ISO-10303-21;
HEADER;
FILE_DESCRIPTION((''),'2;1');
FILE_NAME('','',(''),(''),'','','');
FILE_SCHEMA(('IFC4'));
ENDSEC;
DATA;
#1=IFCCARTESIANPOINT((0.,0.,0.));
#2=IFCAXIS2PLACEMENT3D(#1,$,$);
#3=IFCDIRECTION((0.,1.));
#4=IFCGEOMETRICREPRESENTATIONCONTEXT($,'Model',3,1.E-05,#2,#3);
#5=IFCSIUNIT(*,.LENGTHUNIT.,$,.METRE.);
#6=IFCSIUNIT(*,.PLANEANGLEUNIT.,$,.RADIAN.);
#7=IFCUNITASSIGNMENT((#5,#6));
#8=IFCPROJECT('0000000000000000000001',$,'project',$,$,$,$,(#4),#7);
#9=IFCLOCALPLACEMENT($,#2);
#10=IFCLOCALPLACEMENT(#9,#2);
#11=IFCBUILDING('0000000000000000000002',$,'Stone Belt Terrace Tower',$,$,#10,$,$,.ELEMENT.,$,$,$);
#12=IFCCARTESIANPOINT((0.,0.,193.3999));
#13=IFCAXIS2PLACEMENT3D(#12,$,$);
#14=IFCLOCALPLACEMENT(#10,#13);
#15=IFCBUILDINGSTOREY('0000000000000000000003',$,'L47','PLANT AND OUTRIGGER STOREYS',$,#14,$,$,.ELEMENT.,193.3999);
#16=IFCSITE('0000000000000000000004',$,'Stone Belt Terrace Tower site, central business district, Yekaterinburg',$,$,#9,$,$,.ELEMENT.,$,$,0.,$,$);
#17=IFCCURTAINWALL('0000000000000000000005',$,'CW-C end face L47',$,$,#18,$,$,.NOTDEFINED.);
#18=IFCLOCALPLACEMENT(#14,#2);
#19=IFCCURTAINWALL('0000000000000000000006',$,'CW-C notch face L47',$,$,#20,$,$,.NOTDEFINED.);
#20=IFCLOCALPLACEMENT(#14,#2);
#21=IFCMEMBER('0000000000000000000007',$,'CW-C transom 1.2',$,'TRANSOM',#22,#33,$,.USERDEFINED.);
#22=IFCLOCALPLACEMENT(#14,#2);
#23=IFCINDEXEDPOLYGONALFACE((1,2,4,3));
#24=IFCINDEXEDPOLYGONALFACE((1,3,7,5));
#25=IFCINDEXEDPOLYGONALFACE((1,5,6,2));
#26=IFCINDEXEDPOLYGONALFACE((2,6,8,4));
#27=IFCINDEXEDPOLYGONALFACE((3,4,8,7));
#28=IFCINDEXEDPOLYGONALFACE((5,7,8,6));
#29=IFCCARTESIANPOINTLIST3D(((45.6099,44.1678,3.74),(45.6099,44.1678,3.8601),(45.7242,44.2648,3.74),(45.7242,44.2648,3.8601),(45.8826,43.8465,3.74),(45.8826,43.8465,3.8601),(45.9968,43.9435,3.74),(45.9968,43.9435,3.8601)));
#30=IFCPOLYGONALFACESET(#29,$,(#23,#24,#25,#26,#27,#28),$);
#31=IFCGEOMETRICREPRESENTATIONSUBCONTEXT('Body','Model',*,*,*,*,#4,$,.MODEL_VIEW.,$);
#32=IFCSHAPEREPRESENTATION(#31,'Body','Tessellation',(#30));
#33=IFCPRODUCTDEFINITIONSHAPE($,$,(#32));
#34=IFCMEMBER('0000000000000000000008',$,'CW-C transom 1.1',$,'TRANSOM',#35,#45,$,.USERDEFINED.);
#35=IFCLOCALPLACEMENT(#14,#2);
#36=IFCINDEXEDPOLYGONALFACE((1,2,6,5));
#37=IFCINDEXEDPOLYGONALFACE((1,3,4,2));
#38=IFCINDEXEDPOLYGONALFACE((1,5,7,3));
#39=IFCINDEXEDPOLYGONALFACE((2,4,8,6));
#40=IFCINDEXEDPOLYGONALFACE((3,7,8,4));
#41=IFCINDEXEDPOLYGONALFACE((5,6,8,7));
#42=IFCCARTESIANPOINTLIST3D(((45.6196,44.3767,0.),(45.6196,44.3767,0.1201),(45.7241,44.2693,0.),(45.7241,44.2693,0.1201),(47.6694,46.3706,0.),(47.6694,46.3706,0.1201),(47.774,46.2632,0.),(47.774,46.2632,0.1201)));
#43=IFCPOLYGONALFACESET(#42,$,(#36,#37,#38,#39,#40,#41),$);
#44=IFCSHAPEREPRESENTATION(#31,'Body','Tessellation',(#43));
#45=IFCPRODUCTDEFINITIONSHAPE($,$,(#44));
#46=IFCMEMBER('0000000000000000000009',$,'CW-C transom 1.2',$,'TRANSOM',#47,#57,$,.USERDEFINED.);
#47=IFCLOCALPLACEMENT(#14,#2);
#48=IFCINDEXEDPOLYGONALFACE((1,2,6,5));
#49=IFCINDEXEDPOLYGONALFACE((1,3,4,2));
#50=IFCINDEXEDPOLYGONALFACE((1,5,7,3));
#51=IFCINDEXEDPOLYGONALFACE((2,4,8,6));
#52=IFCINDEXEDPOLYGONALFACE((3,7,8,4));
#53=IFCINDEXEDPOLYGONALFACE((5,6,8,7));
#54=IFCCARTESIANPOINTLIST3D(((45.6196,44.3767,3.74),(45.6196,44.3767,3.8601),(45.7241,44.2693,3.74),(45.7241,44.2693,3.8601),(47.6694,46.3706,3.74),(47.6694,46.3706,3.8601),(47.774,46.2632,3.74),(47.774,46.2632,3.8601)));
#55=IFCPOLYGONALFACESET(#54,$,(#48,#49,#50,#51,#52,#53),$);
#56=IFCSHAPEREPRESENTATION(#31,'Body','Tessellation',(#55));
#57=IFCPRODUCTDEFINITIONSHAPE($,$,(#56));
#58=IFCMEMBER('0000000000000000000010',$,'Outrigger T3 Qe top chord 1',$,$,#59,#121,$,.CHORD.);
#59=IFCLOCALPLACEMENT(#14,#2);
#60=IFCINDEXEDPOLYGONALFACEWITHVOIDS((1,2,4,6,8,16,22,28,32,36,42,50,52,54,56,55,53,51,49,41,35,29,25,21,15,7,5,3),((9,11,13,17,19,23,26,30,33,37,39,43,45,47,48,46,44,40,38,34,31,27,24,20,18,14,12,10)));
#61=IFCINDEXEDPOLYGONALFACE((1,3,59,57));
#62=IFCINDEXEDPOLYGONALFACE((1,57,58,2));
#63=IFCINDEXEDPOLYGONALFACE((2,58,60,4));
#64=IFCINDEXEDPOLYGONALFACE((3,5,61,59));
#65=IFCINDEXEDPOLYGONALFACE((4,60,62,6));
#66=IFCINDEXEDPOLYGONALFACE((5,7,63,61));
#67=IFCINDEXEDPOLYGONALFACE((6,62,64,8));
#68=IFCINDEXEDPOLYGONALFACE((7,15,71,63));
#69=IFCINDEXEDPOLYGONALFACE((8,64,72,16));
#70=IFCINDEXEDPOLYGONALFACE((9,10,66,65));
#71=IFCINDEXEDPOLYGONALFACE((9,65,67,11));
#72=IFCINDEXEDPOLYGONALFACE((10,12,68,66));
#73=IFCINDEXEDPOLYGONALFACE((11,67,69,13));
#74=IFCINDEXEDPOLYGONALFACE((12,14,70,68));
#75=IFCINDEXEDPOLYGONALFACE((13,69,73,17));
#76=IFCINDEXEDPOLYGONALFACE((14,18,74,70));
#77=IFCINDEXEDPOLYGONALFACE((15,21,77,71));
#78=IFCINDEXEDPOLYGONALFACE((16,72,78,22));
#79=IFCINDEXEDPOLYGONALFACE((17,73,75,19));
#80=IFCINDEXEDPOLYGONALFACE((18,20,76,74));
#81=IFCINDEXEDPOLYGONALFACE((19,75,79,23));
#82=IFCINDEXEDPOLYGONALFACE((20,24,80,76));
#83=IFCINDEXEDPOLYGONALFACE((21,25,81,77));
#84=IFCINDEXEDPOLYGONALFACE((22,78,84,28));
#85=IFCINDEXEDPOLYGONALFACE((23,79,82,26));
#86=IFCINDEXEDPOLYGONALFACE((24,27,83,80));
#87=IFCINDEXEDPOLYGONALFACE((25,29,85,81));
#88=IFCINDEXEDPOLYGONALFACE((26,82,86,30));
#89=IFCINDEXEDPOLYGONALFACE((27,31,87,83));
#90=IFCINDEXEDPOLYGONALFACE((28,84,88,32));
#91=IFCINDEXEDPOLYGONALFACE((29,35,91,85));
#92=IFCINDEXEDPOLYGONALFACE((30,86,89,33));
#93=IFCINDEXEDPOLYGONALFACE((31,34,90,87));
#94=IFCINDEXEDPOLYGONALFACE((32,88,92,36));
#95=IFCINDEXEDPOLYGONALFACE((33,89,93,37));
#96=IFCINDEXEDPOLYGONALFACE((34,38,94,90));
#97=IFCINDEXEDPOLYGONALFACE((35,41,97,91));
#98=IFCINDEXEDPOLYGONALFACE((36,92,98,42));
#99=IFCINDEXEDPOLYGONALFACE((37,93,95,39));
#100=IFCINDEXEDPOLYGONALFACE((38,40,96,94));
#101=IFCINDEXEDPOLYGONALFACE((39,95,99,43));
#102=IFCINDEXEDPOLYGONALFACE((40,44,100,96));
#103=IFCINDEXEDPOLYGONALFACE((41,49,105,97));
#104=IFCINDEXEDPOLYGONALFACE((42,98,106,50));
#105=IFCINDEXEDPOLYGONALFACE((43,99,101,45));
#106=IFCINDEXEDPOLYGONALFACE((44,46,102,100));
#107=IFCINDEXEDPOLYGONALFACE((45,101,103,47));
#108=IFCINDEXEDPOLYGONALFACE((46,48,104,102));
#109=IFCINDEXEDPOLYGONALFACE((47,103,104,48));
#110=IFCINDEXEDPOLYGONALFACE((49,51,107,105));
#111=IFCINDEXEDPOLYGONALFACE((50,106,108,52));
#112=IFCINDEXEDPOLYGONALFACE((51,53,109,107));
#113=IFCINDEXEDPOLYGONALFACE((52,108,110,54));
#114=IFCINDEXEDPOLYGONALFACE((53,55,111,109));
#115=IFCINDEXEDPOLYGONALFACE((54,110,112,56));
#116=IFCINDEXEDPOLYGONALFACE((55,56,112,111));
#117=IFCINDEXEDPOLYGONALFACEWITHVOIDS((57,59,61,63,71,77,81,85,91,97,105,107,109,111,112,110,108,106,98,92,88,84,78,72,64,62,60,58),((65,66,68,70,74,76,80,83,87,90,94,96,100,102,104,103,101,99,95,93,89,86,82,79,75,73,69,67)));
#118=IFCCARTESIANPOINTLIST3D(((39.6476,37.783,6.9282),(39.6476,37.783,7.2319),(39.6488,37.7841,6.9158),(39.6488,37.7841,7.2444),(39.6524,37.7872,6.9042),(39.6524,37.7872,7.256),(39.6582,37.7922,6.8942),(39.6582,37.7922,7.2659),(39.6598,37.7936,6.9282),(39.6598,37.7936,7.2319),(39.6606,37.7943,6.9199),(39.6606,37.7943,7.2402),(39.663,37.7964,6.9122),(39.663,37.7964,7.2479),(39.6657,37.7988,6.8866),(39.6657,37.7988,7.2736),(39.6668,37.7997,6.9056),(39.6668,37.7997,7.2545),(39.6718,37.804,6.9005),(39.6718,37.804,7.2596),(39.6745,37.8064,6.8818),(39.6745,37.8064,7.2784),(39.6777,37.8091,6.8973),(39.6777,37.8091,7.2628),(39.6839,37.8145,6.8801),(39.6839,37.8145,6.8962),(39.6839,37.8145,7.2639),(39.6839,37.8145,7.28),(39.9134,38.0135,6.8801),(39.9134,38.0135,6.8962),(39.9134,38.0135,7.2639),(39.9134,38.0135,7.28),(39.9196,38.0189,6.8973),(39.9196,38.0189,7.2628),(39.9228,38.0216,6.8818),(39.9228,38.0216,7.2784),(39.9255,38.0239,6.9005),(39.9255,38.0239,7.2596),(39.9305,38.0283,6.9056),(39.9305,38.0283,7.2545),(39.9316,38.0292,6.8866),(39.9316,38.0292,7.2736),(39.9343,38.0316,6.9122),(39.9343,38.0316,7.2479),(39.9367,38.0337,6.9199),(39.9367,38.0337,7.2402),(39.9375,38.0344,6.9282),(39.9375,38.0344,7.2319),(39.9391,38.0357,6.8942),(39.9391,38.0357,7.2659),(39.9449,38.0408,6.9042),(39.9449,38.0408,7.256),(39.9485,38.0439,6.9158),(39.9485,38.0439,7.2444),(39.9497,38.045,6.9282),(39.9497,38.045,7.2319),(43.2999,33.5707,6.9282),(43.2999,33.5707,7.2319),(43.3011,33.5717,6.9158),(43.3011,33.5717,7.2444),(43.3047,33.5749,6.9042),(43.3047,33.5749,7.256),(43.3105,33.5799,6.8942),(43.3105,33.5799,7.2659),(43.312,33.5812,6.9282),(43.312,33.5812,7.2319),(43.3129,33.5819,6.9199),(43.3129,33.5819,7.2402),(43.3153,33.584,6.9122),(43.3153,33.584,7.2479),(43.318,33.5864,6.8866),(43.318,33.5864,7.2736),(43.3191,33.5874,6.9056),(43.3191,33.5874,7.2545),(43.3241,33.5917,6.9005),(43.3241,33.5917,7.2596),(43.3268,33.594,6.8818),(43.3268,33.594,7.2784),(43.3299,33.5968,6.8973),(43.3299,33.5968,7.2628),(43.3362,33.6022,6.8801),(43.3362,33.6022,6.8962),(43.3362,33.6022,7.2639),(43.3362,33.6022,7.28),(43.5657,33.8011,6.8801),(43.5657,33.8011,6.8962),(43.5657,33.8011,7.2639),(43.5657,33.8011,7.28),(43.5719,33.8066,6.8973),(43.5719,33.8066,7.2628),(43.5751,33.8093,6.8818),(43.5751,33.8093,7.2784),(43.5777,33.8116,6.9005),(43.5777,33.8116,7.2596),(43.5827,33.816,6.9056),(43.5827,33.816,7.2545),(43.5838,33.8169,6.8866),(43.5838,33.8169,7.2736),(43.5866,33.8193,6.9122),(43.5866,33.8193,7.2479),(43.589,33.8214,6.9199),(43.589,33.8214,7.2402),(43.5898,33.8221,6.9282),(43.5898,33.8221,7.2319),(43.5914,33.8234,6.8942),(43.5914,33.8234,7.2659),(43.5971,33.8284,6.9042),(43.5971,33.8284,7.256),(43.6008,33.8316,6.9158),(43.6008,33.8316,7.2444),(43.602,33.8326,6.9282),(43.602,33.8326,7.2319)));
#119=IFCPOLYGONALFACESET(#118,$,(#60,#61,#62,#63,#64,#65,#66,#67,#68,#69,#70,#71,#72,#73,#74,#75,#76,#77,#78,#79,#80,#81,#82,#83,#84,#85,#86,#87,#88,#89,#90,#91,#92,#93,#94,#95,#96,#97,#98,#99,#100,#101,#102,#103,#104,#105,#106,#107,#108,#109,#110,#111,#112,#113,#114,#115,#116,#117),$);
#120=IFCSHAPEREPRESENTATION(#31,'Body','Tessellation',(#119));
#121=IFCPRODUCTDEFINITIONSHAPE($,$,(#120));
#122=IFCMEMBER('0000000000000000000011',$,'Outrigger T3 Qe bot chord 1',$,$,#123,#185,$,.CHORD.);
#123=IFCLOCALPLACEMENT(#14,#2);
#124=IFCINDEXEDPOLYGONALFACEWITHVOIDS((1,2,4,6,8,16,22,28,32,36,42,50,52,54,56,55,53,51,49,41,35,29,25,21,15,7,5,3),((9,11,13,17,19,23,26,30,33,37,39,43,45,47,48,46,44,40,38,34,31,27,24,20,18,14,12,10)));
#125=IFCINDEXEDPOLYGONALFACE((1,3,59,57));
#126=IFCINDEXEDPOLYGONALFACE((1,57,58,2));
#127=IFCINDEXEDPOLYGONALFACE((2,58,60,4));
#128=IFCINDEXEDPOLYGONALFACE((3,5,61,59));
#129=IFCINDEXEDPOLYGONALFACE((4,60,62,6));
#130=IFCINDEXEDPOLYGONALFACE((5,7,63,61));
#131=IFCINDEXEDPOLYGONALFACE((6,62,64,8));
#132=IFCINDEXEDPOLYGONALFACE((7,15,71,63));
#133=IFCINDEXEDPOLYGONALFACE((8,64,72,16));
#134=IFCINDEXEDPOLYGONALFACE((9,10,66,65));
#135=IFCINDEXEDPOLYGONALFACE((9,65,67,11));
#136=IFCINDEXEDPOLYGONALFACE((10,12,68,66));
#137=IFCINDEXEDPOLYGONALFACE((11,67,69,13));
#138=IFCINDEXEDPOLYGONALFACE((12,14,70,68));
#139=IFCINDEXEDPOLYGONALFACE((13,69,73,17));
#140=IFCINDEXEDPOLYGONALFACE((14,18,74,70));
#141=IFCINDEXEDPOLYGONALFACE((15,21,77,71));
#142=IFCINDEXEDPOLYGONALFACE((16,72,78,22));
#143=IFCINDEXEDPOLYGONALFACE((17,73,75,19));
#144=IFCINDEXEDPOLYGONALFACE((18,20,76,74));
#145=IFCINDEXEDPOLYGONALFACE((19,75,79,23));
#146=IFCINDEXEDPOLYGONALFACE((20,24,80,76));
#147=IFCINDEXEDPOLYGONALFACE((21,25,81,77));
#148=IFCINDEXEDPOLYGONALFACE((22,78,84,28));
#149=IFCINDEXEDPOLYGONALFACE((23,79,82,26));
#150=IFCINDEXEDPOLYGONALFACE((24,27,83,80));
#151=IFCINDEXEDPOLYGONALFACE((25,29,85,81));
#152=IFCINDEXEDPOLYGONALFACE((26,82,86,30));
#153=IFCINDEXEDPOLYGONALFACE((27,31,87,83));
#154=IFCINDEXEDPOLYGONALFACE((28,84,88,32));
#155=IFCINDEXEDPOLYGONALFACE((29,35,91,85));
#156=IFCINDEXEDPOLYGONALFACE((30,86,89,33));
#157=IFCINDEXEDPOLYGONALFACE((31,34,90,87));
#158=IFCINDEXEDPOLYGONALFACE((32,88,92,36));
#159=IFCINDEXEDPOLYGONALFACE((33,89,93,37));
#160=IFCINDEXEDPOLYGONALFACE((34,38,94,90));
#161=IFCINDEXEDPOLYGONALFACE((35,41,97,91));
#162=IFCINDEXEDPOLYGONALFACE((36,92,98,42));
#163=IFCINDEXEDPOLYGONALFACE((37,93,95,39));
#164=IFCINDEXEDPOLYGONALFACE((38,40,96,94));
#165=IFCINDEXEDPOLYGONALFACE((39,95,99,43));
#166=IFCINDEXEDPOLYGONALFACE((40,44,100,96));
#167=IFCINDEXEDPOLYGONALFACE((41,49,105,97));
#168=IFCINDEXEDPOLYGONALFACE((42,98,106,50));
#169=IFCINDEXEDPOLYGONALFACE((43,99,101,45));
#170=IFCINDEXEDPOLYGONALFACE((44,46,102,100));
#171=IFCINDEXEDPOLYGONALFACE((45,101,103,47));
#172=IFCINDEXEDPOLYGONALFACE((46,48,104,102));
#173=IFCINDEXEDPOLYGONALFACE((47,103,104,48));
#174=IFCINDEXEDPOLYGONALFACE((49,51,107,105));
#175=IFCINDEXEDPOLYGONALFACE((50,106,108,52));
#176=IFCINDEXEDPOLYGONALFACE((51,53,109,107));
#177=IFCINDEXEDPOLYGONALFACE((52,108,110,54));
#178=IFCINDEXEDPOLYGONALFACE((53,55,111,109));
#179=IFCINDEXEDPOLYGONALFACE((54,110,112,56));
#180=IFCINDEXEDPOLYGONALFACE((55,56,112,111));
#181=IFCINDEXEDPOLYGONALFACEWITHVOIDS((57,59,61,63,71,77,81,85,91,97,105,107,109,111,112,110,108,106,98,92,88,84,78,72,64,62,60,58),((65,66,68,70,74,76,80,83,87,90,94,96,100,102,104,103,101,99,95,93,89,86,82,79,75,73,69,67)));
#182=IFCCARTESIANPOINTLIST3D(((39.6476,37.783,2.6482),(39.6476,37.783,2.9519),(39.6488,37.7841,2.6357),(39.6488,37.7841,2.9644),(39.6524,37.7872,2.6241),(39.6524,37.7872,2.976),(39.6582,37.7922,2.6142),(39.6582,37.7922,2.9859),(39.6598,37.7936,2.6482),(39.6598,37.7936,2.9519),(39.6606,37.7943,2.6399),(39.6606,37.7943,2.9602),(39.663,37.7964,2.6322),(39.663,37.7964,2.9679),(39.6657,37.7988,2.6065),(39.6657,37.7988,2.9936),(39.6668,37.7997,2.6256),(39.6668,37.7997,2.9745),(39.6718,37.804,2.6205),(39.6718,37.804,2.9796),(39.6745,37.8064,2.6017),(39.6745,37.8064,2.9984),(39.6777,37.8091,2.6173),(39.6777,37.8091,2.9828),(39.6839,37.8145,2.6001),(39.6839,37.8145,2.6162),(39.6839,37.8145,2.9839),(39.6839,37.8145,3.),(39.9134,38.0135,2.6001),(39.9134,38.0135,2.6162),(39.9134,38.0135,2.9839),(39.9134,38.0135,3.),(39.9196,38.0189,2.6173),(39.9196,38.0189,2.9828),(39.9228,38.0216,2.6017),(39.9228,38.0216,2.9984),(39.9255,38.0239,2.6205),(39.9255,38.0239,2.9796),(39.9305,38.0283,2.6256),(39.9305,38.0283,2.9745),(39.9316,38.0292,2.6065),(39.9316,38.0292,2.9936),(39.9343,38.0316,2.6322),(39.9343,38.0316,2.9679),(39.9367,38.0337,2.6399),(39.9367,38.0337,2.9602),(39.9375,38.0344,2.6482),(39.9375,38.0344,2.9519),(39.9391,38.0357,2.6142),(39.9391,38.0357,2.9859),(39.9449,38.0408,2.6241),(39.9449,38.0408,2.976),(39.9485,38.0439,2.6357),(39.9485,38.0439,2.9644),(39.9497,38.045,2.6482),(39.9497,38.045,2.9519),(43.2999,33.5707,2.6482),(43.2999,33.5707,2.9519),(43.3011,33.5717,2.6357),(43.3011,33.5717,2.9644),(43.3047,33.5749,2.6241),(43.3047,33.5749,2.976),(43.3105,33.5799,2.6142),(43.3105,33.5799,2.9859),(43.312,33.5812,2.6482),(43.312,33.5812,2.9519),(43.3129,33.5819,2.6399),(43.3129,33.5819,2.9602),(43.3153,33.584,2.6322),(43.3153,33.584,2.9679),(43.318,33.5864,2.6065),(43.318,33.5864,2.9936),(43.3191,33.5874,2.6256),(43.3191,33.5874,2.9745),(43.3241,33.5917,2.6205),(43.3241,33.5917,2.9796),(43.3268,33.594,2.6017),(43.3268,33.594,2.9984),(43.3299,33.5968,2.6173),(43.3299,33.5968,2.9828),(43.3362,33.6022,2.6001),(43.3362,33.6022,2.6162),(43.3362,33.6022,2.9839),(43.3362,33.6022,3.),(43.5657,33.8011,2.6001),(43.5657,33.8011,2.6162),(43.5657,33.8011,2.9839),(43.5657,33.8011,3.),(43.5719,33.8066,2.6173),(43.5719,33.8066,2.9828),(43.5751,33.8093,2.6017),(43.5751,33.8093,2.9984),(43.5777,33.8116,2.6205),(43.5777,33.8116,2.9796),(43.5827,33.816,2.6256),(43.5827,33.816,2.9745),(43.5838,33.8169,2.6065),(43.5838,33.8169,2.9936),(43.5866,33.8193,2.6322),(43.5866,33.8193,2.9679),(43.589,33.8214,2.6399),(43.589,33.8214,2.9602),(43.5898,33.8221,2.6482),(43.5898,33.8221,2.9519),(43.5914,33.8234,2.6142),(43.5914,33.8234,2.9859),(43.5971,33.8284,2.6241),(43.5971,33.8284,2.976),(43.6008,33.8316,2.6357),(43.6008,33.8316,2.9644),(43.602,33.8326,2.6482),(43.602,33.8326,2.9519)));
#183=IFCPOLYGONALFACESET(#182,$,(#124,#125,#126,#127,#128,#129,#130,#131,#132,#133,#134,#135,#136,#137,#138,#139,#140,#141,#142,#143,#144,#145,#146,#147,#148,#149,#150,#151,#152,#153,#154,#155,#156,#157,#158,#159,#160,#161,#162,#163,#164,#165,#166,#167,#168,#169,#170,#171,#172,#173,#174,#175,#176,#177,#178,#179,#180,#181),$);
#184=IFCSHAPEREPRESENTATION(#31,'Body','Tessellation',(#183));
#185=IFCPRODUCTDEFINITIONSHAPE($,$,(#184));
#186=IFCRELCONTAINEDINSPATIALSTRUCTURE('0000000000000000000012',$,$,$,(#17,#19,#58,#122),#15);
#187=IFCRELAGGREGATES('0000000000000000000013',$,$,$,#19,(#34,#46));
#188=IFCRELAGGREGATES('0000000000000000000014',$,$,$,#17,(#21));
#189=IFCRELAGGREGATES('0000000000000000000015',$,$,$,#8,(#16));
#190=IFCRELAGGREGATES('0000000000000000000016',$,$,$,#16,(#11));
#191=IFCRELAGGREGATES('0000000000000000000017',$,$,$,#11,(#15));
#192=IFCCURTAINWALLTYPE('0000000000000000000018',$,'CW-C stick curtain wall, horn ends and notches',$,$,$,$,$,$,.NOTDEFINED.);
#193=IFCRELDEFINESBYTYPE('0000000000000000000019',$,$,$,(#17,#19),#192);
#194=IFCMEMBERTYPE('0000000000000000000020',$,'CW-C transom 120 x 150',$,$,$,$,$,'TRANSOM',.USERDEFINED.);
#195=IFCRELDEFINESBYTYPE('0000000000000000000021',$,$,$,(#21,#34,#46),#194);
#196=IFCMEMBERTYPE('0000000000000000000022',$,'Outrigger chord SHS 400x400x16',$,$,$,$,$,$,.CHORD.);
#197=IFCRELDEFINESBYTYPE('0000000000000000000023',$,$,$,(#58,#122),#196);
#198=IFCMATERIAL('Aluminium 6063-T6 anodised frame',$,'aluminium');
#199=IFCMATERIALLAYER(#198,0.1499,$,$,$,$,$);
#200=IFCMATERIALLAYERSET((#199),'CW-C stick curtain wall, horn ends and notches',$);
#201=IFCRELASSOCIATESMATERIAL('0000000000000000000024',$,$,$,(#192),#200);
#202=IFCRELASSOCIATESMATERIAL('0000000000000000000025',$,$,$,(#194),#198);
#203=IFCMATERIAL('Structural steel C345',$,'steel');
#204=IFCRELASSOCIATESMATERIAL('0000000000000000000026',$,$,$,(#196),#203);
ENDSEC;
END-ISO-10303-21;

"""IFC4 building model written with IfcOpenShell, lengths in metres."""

from ifc_helpers import new_model, si_unit, direction, frame, origin, origin_2d, place, context, subcontext, project, spatial, rectangle, hollow_rectangle, extrude, material, layer, layer_set, material_profile, profile_set, type_object, element, aggregate, save


model = new_model("IFC4")

# Units and contexts
model_context = context("Model", 3, precision=1e-05, world=origin(), true_north=direction((0.0, 1.0)))
body_context = subcontext(model_context, "Body", "Model", "MODEL_VIEW")
ifc_project = project(units=[si_unit("LENGTHUNIT", "METRE"), si_unit("PLANEANGLEUNIT", "RADIAN")], contexts=[model_context])

# Site, building, storey
site_placement = place(None, origin())
site = spatial("IfcSite", under=ifc_project, at=site_placement, Name="Stone Belt Terrace Tower site, central business district, Yekaterinburg", CompositionType="ELEMENT", RefElevation=0.0)
building_placement = place(site_placement, origin())
building = spatial("IfcBuilding", under=site, at=building_placement, Name="Stone Belt Terrace Tower", CompositionType="ELEMENT")
storey_placement = place(building_placement, frame((0.0, 0.0, 193.3999)))
storey = spatial("IfcBuildingStorey", under=building, at=storey_placement, Name="L47", Description="PLANT AND OUTRIGGER STOREYS", CompositionType="ELEMENT", Elevation=193.3999)

# Shared definitions
ifc_material_1 = material(Name="Aluminium 6063-T6 anodised frame", Category="aluminium")
ifc_layer_1 = layer(ifc_material_1, 0.1499)
ifc_layer_set_1 = layer_set([ifc_layer_1], Name="CW-C stick curtain wall, horn ends and notches")
curtain_wall_type = type_object("IfcCurtainWallType", Name="CW-C stick curtain wall, horn ends and notches", PredefinedType="NOTDEFINED", material=ifc_layer_set_1)

# Curtain walls
curtain_wall_1_placement = place(storey_placement, origin())
curtain_wall_1 = element("IfcCurtainWall", 1, at=curtain_wall_1_placement, inside=storey, type_object=curtain_wall_type, Name="CW-C end face L47", PredefinedType="NOTDEFINED")
curtain_wall_2_placement = place(storey_placement, origin())
curtain_wall_2 = element("IfcCurtainWall", 2, at=curtain_wall_2_placement, inside=storey, type_object=curtain_wall_type, Name="CW-C notch face L47", PredefinedType="NOTDEFINED")

# Members
ifc_material_profile_1 = material_profile(ifc_material_1, rectangle(XDim=0.1499, YDim=0.1201, at=origin_2d()), Name="Aluminium 6063-T6 150x120")
ifc_profile_set_1 = profile_set([ifc_material_profile_1], Name="Aluminium 6063-T6 anodised frame")
member_type_1 = type_object("IfcMemberType", Name="CW-C transom 120 x 150", ElementType="TRANSOM", PredefinedType="USERDEFINED", material=ifc_profile_set_1)
member_1_placement = place(storey_placement, frame((45.9397, 43.895, 3.8), z_axis=(-0.64711, 0.762397, 0.0), x_axis=(-0.762397, -0.64711, 0.0)))
member_1 = element("IfcMember", 3, at=member_1_placement, type_object=member_type_1, Name="CW-C transom 1.2", ObjectType="TRANSOM", PredefinedType="USERDEFINED", context=body_context, shape_type="SweptSolid", body=[
    extrude(rectangle(XDim=0.1499, YDim=0.1201, at=origin_2d()), origin(), (0.0, 0.0, 1.0), 0.4214),
])
member_2_placement = place(storey_placement, frame((45.6719, 44.323, 0.0601), z_axis=(0.716815, 0.697264, 0.0), x_axis=(-0.697264, 0.716815, 0.0)))
member_2 = element("IfcMember", 4, at=member_2_placement, type_object=member_type_1, Name="CW-C transom 1.1", ObjectType="TRANSOM", PredefinedType="USERDEFINED", context=body_context, shape_type="SweptSolid", body=[
    extrude(rectangle(XDim=0.1499, YDim=0.1201, at=origin_2d()), origin(), (0.0, 0.0, 1.0), 2.8596),
])
member_3_placement = place(storey_placement, frame((45.6719, 44.323, 3.8), z_axis=(0.716815, 0.697264, 0.0), x_axis=(-0.697264, 0.716815, 0.0)))
member_3 = element("IfcMember", 5, at=member_3_placement, type_object=member_type_1, Name="CW-C transom 1.2", ObjectType="TRANSOM", PredefinedType="USERDEFINED", context=body_context, shape_type="SweptSolid", body=[
    extrude(rectangle(XDim=0.1499, YDim=0.1201, at=origin_2d()), origin(), (0.0, 0.0, 1.0), 2.8596),
])
aggregate(curtain_wall_2, [member_2, member_3])

# Members
ifc_material_2 = material(Name="Structural steel C345", Category="steel")
ifc_material_profile_2 = material_profile(ifc_material_2, hollow_rectangle(XDim=0.3999, YDim=0.3999, WallThickness=0.0161, InnerFilletRadius=0.032, OuterFilletRadius=0.0481, at=origin_2d()), Name="SHS 400x400x16")
ifc_profile_set_2 = profile_set([ifc_material_profile_2], Name="Structural steel C345")
member_type_2 = type_object("IfcMemberType", Name="Outrigger chord SHS 400x400x16", PredefinedType="CHORD", material=ifc_profile_set_2)
for number, where, z_axis, x_axis, name in (
    (6, (43.4509, 33.7017, 7.0801), (-0.655094, 0.755547, 0.0), (-0.755547, -0.655094, 0.0), "Outrigger T3 Qe top chord 1"),
    (7, (43.4509, 33.7017, 2.8), (-0.655094, 0.755547, 0.0), (-0.755547, -0.655094, 0.0), "Outrigger T3 Qe bot chord 1"),
):
    element("IfcMember", number, at=place(storey_placement, frame(where, z_axis=z_axis, x_axis=x_axis)), inside=storey, type_object=member_type_2, Name=name, PredefinedType="CHORD", context=body_context, shape_type="SweptSolid", body=[
        extrude(hollow_rectangle(XDim=0.3999, YDim=0.3999, WallThickness=0.0161, InnerFilletRadius=0.032, OuterFilletRadius=0.0481, at=origin_2d()), origin(), (0.0, 0.0, 1.0), 5.5752),
    ])

aggregate(curtain_wall_1, [member_1])

save(model, "model.ifc")
